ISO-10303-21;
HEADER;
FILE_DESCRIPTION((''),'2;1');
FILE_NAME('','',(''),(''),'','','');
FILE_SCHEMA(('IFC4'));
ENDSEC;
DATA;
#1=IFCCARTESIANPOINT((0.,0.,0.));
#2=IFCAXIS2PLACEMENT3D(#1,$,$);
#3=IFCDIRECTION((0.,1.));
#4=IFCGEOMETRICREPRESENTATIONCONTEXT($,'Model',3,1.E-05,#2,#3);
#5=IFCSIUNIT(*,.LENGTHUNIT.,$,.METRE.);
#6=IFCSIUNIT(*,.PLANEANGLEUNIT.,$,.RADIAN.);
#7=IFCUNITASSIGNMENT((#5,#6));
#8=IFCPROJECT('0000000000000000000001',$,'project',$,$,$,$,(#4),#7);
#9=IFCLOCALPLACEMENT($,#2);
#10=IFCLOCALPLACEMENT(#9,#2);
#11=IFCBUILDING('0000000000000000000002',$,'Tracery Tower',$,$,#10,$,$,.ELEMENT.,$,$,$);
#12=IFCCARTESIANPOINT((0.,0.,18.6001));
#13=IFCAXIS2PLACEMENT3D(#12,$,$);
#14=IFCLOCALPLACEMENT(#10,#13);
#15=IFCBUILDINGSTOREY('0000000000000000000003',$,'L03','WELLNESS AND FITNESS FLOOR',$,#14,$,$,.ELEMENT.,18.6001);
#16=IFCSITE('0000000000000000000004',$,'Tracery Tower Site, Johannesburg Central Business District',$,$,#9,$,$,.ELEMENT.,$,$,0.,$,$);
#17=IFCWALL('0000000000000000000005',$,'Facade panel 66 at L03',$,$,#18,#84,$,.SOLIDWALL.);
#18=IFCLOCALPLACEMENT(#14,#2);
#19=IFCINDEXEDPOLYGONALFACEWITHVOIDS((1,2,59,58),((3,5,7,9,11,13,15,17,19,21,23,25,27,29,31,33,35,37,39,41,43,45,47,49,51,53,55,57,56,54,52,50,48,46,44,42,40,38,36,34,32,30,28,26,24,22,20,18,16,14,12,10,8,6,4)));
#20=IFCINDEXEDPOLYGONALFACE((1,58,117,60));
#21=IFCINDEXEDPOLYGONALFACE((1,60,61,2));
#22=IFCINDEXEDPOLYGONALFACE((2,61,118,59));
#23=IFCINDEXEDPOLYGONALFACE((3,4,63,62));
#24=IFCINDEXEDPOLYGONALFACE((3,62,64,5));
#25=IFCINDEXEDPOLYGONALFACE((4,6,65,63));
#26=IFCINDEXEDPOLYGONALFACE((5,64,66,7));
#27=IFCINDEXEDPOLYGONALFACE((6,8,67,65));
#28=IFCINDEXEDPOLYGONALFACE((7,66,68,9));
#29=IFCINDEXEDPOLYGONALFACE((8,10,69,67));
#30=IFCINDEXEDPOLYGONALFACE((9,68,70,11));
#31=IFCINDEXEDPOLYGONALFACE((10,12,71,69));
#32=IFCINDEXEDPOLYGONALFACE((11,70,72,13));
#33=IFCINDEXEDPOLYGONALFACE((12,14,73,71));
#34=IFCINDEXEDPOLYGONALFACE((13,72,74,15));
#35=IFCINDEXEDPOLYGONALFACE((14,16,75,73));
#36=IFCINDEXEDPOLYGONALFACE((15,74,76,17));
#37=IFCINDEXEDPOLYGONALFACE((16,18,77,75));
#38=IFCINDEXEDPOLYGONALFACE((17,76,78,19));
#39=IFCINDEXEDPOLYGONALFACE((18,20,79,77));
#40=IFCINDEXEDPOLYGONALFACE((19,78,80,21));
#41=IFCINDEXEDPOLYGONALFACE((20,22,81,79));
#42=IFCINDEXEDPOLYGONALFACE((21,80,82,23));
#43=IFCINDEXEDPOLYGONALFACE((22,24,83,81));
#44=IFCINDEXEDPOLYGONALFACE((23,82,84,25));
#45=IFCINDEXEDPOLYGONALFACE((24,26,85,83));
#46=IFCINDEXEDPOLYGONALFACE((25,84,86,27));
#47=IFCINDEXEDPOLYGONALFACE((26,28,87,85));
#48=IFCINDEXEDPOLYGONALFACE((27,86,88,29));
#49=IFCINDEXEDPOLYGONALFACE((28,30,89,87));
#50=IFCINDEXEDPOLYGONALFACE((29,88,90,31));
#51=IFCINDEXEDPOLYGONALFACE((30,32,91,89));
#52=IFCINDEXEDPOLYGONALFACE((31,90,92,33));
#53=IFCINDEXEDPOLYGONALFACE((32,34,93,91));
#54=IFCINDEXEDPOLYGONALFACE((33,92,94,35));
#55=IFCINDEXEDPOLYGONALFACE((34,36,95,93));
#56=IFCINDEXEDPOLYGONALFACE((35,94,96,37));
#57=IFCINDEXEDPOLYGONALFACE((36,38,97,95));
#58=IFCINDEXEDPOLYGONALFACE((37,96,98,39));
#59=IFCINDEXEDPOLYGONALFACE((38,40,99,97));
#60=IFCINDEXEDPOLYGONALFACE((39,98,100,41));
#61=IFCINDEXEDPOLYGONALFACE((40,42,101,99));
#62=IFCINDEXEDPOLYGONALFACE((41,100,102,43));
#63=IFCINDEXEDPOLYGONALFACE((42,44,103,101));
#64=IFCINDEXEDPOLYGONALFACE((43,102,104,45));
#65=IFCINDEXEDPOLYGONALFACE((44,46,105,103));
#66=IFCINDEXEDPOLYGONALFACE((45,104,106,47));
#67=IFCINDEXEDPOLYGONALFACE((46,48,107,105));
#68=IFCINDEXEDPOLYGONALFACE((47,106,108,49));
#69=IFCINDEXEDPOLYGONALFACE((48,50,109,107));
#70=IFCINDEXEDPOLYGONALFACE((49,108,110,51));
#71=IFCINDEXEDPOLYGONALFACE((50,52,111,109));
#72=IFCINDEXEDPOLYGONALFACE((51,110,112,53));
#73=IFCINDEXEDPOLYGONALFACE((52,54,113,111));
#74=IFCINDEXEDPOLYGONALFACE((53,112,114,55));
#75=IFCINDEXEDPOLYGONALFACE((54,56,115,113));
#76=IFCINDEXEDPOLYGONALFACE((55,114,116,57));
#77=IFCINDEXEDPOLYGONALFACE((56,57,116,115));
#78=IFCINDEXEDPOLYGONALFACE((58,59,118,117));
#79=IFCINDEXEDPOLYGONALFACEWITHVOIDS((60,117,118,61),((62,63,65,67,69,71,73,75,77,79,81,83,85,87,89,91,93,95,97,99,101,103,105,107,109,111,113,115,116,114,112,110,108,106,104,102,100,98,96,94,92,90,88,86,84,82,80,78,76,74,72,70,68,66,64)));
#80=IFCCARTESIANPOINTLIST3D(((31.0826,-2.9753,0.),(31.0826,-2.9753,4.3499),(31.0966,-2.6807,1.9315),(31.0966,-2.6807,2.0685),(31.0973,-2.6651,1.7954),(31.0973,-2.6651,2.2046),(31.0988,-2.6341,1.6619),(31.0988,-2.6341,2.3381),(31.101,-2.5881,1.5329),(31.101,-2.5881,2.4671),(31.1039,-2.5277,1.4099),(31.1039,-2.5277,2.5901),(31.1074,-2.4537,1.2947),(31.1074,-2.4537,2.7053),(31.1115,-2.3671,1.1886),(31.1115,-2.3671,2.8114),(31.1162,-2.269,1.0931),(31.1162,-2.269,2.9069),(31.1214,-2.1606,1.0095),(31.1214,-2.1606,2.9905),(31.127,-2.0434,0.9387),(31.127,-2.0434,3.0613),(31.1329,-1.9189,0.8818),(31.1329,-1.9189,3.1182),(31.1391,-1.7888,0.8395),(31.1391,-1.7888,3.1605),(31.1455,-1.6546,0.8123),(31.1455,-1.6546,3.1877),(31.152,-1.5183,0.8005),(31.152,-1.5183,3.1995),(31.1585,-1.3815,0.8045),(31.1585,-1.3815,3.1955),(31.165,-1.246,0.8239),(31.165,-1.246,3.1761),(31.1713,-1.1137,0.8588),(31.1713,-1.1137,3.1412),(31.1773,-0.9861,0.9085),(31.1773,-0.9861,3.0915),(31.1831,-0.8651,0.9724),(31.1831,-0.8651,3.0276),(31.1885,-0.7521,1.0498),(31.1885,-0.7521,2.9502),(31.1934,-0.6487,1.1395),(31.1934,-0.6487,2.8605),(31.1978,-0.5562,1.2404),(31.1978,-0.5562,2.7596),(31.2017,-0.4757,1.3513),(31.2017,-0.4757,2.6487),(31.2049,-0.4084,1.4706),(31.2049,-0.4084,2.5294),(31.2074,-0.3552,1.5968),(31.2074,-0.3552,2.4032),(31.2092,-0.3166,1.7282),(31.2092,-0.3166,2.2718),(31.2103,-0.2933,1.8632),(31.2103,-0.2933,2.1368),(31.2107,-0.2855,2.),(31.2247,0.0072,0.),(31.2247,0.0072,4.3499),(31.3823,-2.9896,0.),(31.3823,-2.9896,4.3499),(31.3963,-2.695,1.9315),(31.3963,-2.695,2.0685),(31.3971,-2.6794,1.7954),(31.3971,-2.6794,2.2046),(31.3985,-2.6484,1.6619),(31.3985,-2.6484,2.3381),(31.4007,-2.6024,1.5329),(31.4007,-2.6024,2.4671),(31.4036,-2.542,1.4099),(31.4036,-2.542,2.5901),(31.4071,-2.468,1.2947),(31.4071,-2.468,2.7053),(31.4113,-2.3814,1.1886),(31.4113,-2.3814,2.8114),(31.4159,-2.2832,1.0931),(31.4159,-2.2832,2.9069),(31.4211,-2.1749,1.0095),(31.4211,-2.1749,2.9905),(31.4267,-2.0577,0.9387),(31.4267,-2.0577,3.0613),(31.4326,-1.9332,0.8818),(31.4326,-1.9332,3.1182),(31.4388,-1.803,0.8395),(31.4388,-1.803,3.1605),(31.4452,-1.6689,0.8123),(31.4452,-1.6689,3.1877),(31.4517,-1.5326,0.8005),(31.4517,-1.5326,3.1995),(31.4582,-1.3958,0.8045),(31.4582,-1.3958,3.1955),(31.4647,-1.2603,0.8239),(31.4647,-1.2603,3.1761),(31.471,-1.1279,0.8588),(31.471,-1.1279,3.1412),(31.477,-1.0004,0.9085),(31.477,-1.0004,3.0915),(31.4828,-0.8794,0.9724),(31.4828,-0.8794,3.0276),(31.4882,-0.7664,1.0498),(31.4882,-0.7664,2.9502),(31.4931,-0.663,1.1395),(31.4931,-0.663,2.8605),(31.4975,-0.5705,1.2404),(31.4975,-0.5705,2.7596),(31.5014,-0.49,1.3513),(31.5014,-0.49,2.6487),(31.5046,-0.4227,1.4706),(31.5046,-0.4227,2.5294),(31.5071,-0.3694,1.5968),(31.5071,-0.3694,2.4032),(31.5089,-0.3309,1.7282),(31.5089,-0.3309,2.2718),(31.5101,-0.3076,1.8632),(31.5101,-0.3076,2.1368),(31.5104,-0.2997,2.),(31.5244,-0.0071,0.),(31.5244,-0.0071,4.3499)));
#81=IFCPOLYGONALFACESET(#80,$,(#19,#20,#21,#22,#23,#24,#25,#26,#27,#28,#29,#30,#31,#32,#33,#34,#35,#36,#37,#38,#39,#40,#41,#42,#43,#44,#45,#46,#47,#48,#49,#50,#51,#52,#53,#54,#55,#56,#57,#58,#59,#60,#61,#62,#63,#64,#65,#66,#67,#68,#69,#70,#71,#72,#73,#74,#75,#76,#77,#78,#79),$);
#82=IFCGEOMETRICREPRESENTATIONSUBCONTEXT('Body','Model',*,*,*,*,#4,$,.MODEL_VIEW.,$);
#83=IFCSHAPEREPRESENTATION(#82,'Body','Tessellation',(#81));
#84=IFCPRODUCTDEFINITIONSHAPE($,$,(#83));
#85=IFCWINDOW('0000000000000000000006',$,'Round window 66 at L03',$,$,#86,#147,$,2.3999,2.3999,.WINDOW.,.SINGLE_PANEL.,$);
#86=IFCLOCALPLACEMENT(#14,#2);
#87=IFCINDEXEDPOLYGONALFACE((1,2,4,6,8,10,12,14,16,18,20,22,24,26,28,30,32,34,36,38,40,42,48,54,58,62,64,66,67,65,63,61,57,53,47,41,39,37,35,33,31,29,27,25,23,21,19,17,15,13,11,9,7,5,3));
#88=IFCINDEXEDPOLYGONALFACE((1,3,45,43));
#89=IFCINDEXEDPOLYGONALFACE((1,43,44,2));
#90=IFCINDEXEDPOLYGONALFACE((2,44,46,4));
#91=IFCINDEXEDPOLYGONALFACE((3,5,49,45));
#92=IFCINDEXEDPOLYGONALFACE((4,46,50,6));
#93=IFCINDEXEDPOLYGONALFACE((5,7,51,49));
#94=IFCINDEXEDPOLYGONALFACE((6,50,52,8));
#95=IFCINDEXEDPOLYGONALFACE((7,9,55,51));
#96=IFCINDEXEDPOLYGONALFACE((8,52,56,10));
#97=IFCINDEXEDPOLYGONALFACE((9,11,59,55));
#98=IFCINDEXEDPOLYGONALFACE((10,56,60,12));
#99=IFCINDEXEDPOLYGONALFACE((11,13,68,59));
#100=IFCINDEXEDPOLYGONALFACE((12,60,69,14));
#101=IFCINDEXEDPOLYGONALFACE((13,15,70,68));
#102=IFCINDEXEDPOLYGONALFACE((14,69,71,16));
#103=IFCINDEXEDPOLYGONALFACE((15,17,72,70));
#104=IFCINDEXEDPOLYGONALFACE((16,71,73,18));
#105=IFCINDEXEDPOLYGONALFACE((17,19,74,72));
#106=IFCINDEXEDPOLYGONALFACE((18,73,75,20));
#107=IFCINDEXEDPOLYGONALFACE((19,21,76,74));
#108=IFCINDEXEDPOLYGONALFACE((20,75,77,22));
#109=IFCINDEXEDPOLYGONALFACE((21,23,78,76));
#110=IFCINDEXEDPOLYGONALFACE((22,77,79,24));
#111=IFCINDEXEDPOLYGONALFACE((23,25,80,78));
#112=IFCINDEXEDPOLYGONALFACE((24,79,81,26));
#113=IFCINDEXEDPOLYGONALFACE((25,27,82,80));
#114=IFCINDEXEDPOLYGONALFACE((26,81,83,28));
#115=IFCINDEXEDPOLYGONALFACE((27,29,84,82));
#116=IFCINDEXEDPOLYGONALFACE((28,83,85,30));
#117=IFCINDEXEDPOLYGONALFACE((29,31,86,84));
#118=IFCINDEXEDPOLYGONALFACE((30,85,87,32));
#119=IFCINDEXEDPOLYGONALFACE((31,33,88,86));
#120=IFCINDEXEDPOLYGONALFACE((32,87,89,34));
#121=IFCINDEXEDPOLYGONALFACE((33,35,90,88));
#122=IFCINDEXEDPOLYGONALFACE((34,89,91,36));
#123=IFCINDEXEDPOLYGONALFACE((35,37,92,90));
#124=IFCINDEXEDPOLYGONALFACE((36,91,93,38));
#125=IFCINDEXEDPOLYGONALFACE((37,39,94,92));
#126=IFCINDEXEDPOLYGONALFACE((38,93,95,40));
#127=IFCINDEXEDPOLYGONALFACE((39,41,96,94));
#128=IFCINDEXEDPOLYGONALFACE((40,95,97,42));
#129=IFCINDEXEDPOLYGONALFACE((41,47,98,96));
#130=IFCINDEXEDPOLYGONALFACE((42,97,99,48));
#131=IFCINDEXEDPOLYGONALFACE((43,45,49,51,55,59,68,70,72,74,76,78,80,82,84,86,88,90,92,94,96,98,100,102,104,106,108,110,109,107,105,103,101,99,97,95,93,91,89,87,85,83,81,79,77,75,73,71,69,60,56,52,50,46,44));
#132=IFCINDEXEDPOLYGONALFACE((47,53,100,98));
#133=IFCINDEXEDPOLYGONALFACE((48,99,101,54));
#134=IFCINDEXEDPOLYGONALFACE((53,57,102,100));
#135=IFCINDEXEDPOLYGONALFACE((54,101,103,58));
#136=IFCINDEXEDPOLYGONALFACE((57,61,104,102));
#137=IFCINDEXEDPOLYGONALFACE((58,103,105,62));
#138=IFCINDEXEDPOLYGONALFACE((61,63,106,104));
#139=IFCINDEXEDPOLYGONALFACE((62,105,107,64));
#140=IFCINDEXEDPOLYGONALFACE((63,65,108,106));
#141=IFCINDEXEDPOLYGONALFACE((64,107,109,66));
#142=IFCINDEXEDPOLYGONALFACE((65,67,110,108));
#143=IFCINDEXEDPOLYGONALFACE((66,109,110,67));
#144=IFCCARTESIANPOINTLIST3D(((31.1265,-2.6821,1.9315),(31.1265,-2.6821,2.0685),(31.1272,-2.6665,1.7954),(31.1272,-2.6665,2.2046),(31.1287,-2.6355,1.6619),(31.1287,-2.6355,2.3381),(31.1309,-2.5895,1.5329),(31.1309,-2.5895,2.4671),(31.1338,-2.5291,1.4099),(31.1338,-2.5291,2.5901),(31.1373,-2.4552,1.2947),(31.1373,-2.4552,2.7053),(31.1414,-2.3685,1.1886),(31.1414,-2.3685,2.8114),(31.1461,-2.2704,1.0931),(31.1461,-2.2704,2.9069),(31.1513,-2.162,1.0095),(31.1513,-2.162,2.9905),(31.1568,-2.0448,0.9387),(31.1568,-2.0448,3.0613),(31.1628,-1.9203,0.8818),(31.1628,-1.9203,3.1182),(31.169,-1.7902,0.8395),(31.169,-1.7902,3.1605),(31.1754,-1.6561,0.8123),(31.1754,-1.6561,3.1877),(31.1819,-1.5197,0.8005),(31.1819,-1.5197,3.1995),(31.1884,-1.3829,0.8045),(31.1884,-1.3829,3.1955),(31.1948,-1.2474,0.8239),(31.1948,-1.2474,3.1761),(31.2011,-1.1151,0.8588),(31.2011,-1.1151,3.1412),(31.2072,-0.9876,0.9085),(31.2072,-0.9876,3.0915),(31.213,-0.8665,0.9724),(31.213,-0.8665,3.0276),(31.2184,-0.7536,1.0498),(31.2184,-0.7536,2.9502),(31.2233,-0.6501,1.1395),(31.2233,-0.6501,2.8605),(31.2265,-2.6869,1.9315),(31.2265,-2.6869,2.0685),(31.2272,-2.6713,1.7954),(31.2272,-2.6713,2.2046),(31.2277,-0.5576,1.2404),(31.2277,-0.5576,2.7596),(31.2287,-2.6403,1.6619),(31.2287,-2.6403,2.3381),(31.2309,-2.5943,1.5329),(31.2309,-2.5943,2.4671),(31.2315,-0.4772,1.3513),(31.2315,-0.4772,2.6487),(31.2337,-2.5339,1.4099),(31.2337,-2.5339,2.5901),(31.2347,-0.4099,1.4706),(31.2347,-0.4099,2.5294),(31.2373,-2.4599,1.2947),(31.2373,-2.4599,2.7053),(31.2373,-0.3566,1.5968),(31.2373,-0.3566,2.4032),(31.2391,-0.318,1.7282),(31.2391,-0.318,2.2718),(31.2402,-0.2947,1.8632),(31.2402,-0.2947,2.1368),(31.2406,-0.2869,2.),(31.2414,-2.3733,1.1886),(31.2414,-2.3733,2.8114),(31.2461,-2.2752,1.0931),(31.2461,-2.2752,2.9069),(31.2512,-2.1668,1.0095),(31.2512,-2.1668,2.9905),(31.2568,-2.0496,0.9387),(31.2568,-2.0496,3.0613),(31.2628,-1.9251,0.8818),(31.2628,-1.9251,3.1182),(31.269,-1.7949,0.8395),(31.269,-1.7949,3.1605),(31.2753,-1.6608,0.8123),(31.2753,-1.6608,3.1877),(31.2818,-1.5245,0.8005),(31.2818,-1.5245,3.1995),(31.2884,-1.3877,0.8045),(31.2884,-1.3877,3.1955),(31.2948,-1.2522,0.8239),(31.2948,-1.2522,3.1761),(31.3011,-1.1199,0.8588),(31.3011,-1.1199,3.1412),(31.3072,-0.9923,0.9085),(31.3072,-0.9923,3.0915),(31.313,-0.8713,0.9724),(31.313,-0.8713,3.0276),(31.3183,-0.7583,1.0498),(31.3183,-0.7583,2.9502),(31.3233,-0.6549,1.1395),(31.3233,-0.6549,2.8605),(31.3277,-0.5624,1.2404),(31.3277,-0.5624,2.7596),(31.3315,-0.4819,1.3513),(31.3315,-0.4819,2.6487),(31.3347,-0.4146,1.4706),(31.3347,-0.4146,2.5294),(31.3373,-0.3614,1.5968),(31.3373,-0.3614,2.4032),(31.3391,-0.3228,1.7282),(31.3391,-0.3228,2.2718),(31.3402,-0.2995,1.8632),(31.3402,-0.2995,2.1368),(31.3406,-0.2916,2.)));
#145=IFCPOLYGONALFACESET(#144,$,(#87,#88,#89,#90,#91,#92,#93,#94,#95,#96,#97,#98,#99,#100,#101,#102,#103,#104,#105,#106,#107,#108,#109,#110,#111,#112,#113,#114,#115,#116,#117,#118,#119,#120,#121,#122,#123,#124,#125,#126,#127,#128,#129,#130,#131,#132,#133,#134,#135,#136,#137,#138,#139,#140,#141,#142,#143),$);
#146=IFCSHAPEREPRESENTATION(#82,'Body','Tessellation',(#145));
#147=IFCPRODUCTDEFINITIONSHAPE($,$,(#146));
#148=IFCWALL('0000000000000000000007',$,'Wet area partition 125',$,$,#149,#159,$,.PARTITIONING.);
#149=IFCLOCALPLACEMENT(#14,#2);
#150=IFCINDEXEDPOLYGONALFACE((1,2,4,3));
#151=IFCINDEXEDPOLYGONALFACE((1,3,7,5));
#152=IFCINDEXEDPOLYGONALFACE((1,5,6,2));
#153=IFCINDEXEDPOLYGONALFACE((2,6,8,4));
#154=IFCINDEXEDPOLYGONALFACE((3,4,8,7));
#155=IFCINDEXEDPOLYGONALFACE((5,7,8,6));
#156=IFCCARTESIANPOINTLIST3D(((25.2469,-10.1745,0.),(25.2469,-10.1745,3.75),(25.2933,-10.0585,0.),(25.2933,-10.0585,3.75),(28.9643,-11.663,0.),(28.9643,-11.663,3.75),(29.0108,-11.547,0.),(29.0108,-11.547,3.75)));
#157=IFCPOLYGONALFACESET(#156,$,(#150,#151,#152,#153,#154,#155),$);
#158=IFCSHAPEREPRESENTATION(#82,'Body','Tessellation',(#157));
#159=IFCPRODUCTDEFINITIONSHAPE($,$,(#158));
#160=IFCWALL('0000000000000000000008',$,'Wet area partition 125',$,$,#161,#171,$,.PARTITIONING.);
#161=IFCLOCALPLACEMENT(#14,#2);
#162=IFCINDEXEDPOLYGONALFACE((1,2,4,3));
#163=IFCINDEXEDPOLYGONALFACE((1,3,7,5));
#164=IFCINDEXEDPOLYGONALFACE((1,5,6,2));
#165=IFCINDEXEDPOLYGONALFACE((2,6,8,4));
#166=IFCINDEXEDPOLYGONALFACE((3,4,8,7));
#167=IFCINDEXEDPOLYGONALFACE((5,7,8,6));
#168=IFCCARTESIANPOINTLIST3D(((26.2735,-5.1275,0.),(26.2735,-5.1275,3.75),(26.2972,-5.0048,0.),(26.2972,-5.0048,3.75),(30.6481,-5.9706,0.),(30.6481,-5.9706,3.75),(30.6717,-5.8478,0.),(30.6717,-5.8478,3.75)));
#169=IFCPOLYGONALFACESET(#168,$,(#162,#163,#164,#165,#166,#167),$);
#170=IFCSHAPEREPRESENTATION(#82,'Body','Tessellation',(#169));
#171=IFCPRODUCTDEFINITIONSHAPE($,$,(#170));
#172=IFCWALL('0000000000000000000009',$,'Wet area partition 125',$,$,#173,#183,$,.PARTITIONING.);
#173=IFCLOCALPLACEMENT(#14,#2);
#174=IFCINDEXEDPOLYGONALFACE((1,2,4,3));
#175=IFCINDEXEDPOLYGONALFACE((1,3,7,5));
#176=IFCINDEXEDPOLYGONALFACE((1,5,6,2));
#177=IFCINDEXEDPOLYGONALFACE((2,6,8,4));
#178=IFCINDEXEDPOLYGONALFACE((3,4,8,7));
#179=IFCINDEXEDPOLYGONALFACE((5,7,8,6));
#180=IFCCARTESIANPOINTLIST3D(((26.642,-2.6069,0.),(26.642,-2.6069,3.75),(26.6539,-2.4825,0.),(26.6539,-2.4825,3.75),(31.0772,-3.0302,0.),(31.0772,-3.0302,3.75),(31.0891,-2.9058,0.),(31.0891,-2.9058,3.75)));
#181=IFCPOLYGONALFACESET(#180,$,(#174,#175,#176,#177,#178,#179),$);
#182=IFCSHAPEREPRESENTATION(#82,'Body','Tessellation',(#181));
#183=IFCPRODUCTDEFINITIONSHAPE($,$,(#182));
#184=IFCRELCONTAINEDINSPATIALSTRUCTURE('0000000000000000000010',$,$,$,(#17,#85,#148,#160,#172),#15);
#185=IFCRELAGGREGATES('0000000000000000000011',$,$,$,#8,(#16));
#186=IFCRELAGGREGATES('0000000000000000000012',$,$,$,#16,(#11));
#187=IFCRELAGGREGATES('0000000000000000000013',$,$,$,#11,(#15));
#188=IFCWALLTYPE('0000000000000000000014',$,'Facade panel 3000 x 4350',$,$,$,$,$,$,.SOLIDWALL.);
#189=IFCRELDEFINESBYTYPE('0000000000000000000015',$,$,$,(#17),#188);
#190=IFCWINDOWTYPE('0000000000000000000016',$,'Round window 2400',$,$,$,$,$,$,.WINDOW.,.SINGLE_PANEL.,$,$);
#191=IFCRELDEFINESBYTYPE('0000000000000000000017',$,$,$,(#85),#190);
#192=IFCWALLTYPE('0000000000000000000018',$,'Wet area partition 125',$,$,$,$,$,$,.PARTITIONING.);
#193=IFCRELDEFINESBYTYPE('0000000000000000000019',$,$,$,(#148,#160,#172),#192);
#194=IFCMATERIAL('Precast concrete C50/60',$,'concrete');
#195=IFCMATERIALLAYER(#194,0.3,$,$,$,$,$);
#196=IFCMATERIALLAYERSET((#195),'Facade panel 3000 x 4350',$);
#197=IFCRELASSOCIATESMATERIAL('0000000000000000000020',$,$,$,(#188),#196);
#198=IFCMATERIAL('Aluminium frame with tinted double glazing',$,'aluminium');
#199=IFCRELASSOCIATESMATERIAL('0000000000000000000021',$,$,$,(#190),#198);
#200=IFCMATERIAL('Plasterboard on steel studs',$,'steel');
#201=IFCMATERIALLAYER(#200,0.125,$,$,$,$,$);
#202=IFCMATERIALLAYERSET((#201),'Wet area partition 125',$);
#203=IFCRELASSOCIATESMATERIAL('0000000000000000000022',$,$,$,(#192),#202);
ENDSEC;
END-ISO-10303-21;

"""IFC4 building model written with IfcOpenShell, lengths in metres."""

from ifc_helpers import new_model, si_unit, direction, frame, frame_2d, origin, origin_2d, place, context, subcontext, project, spatial, rectangle, circle, extrude, material, layer, layer_set, type_object, element, fill, save


model = new_model("IFC4")

# Units and contexts
model_context = context("Model", 3, precision=1e-05, world=origin(), true_north=direction((0.0, 1.0)))
body_context = subcontext(model_context, "Body", "Model", "MODEL_VIEW")
ifc_project = project(units=[si_unit("LENGTHUNIT", "METRE"), si_unit("PLANEANGLEUNIT", "RADIAN")], contexts=[model_context])

# Site, building, storey
site_placement = place(None, origin())
site = spatial("IfcSite", under=ifc_project, at=site_placement, Name="Tracery Tower Site, Johannesburg Central Business District", CompositionType="ELEMENT", RefElevation=0.0)
building_placement = place(site_placement, origin())
building = spatial("IfcBuilding", under=site, at=building_placement, Name="Tracery Tower", CompositionType="ELEMENT")
storey_placement = place(building_placement, frame((0.0, 0.0, 18.6001)))
storey = spatial("IfcBuildingStorey", under=building, at=storey_placement, Name="L03", Description="WELLNESS AND FITNESS FLOOR", CompositionType="ELEMENT", Elevation=18.6001)

# Wall, opening, window
ifc_material_1 = material(Name="Precast concrete C50/60", Category="concrete")
ifc_layer_1 = layer(ifc_material_1, 0.3)
ifc_layer_set_1 = layer_set([ifc_layer_1], Name="Facade panel 3000 x 4350")
wall_type_1 = type_object("IfcWallType", Name="Facade panel 3000 x 4350", PredefinedType="SOLIDWALL", material=ifc_layer_set_1)
ifc_material_2 = material(Name="Aluminium frame with tinted double glazing", Category="aluminium")
window_type = type_object("IfcWindowType", Name="Round window 2400", PartitioningType="SINGLE_PANEL", PredefinedType="WINDOW", material=ifc_material_2)
wall_1_placement = place(storey_placement, frame((31.2324, -2.9824, 0.0), z_axis=(0.0, 0.0, 1.0), x_axis=(0.047588, 0.998867, 0.0)))
wall_1 = element("IfcWall", 1, at=wall_1_placement, inside=storey, type_object=wall_type_1, Name="Facade panel 66 at L03", PredefinedType="SOLIDWALL", context=body_context, shape_type="SweptSolid", body=[
    extrude(rectangle(XDim=2.9858, YDim=0.3, at=frame_2d((1.4929, 0.0))), origin(), (0.0, 0.0, 1.0), 4.3499),
])
opening_1_placement = place(wall_1_placement, frame((1.4929, 0.0, 2.0)))
opening_1 = element("IfcOpeningElement", 2, at=opening_1_placement, cuts=wall_1, PredefinedType="OPENING", context=body_context, shape_type="SweptSolid", body=[
    extrude(circle(Radius=1.2, at=origin_2d()), frame((0.0, 0.1599, 0.0), z_axis=(0.0, -1.0, 0.0), x_axis=(1.0, 0.0, 0.0)), (0.0, 0.0, 1.0), 0.3201),
])
window_1_placement = place(opening_1_placement, origin())
window_1 = element("IfcWindow", 3, at=window_1_placement, inside=storey, type_object=window_type, Name="Round window 66 at L03", OverallHeight=2.3999, OverallWidth=2.3999, PartitioningType="SINGLE_PANEL", PredefinedType="WINDOW", context=body_context, shape_type="SweptSolid", body=[
    extrude(circle(Radius=1.2, at=origin_2d()), frame((0.0, 0.1201, 0.0), z_axis=(0.0, -1.0, 0.0), x_axis=(1.0, 0.0, 0.0)), (0.0, 0.0, 1.0), 0.1001),
])
fill(opening_1, window_1)

# Walls
ifc_material_3 = material(Name="Plasterboard on steel studs", Category="steel")
ifc_layer_2 = layer(ifc_material_3, 0.125)
ifc_layer_set_2 = layer_set([ifc_layer_2], Name="Wet area partition 125")
wall_type_2 = type_object("IfcWallType", Name="Wet area partition 125", PredefinedType="PARTITIONING", material=ifc_layer_set_2)
wall_2_placement = place(storey_placement, frame((28.9875, -11.605, 0.0), z_axis=(0.0, 0.0, 1.0), x_axis=(-0.928346, 0.371717, 0.0)))
element("IfcWall", 4, at=wall_2_placement, inside=storey, type_object=wall_type_2, Name="Wet area partition 125", PredefinedType="PARTITIONING", context=body_context, shape_type="SweptSolid", body=[
    extrude(rectangle(XDim=4.0044, YDim=0.125, at=frame_2d((2.0022, 0.0))), origin(), (0.0, 0.0, 1.0), 3.75),
])
wall_3_placement = place(storey_placement, frame((30.6599, -5.9092, 0.0), z_axis=(0.0, 0.0, 1.0), x_axis=(-0.981933, 0.18923, 0.0)))
element("IfcWall", 5, at=wall_3_placement, inside=storey, type_object=wall_type_2, Name="Wet area partition 125", PredefinedType="PARTITIONING", context=body_context, shape_type="SweptSolid", body=[
    extrude(rectangle(XDim=4.4551, YDim=0.125, at=frame_2d((2.2275, 0.0))), origin(), (0.0, 0.0, 1.0), 3.75),
])
wall_4_placement = place(storey_placement, frame((31.083, -2.968, 0.0), z_axis=(0.0, 0.0, 1.0), x_axis=(-0.995475, 0.095021, 0.0)))
element("IfcWall", 6, at=wall_4_placement, inside=storey, type_object=wall_type_2, Name="Wet area partition 125", PredefinedType="PARTITIONING", context=body_context, shape_type="SweptSolid", body=[
    extrude(rectangle(XDim=4.4553, YDim=0.125, at=frame_2d((2.2275, 0.0))), origin(), (0.0, 0.0, 1.0), 3.75),
])

save(model, "model.ifc")
